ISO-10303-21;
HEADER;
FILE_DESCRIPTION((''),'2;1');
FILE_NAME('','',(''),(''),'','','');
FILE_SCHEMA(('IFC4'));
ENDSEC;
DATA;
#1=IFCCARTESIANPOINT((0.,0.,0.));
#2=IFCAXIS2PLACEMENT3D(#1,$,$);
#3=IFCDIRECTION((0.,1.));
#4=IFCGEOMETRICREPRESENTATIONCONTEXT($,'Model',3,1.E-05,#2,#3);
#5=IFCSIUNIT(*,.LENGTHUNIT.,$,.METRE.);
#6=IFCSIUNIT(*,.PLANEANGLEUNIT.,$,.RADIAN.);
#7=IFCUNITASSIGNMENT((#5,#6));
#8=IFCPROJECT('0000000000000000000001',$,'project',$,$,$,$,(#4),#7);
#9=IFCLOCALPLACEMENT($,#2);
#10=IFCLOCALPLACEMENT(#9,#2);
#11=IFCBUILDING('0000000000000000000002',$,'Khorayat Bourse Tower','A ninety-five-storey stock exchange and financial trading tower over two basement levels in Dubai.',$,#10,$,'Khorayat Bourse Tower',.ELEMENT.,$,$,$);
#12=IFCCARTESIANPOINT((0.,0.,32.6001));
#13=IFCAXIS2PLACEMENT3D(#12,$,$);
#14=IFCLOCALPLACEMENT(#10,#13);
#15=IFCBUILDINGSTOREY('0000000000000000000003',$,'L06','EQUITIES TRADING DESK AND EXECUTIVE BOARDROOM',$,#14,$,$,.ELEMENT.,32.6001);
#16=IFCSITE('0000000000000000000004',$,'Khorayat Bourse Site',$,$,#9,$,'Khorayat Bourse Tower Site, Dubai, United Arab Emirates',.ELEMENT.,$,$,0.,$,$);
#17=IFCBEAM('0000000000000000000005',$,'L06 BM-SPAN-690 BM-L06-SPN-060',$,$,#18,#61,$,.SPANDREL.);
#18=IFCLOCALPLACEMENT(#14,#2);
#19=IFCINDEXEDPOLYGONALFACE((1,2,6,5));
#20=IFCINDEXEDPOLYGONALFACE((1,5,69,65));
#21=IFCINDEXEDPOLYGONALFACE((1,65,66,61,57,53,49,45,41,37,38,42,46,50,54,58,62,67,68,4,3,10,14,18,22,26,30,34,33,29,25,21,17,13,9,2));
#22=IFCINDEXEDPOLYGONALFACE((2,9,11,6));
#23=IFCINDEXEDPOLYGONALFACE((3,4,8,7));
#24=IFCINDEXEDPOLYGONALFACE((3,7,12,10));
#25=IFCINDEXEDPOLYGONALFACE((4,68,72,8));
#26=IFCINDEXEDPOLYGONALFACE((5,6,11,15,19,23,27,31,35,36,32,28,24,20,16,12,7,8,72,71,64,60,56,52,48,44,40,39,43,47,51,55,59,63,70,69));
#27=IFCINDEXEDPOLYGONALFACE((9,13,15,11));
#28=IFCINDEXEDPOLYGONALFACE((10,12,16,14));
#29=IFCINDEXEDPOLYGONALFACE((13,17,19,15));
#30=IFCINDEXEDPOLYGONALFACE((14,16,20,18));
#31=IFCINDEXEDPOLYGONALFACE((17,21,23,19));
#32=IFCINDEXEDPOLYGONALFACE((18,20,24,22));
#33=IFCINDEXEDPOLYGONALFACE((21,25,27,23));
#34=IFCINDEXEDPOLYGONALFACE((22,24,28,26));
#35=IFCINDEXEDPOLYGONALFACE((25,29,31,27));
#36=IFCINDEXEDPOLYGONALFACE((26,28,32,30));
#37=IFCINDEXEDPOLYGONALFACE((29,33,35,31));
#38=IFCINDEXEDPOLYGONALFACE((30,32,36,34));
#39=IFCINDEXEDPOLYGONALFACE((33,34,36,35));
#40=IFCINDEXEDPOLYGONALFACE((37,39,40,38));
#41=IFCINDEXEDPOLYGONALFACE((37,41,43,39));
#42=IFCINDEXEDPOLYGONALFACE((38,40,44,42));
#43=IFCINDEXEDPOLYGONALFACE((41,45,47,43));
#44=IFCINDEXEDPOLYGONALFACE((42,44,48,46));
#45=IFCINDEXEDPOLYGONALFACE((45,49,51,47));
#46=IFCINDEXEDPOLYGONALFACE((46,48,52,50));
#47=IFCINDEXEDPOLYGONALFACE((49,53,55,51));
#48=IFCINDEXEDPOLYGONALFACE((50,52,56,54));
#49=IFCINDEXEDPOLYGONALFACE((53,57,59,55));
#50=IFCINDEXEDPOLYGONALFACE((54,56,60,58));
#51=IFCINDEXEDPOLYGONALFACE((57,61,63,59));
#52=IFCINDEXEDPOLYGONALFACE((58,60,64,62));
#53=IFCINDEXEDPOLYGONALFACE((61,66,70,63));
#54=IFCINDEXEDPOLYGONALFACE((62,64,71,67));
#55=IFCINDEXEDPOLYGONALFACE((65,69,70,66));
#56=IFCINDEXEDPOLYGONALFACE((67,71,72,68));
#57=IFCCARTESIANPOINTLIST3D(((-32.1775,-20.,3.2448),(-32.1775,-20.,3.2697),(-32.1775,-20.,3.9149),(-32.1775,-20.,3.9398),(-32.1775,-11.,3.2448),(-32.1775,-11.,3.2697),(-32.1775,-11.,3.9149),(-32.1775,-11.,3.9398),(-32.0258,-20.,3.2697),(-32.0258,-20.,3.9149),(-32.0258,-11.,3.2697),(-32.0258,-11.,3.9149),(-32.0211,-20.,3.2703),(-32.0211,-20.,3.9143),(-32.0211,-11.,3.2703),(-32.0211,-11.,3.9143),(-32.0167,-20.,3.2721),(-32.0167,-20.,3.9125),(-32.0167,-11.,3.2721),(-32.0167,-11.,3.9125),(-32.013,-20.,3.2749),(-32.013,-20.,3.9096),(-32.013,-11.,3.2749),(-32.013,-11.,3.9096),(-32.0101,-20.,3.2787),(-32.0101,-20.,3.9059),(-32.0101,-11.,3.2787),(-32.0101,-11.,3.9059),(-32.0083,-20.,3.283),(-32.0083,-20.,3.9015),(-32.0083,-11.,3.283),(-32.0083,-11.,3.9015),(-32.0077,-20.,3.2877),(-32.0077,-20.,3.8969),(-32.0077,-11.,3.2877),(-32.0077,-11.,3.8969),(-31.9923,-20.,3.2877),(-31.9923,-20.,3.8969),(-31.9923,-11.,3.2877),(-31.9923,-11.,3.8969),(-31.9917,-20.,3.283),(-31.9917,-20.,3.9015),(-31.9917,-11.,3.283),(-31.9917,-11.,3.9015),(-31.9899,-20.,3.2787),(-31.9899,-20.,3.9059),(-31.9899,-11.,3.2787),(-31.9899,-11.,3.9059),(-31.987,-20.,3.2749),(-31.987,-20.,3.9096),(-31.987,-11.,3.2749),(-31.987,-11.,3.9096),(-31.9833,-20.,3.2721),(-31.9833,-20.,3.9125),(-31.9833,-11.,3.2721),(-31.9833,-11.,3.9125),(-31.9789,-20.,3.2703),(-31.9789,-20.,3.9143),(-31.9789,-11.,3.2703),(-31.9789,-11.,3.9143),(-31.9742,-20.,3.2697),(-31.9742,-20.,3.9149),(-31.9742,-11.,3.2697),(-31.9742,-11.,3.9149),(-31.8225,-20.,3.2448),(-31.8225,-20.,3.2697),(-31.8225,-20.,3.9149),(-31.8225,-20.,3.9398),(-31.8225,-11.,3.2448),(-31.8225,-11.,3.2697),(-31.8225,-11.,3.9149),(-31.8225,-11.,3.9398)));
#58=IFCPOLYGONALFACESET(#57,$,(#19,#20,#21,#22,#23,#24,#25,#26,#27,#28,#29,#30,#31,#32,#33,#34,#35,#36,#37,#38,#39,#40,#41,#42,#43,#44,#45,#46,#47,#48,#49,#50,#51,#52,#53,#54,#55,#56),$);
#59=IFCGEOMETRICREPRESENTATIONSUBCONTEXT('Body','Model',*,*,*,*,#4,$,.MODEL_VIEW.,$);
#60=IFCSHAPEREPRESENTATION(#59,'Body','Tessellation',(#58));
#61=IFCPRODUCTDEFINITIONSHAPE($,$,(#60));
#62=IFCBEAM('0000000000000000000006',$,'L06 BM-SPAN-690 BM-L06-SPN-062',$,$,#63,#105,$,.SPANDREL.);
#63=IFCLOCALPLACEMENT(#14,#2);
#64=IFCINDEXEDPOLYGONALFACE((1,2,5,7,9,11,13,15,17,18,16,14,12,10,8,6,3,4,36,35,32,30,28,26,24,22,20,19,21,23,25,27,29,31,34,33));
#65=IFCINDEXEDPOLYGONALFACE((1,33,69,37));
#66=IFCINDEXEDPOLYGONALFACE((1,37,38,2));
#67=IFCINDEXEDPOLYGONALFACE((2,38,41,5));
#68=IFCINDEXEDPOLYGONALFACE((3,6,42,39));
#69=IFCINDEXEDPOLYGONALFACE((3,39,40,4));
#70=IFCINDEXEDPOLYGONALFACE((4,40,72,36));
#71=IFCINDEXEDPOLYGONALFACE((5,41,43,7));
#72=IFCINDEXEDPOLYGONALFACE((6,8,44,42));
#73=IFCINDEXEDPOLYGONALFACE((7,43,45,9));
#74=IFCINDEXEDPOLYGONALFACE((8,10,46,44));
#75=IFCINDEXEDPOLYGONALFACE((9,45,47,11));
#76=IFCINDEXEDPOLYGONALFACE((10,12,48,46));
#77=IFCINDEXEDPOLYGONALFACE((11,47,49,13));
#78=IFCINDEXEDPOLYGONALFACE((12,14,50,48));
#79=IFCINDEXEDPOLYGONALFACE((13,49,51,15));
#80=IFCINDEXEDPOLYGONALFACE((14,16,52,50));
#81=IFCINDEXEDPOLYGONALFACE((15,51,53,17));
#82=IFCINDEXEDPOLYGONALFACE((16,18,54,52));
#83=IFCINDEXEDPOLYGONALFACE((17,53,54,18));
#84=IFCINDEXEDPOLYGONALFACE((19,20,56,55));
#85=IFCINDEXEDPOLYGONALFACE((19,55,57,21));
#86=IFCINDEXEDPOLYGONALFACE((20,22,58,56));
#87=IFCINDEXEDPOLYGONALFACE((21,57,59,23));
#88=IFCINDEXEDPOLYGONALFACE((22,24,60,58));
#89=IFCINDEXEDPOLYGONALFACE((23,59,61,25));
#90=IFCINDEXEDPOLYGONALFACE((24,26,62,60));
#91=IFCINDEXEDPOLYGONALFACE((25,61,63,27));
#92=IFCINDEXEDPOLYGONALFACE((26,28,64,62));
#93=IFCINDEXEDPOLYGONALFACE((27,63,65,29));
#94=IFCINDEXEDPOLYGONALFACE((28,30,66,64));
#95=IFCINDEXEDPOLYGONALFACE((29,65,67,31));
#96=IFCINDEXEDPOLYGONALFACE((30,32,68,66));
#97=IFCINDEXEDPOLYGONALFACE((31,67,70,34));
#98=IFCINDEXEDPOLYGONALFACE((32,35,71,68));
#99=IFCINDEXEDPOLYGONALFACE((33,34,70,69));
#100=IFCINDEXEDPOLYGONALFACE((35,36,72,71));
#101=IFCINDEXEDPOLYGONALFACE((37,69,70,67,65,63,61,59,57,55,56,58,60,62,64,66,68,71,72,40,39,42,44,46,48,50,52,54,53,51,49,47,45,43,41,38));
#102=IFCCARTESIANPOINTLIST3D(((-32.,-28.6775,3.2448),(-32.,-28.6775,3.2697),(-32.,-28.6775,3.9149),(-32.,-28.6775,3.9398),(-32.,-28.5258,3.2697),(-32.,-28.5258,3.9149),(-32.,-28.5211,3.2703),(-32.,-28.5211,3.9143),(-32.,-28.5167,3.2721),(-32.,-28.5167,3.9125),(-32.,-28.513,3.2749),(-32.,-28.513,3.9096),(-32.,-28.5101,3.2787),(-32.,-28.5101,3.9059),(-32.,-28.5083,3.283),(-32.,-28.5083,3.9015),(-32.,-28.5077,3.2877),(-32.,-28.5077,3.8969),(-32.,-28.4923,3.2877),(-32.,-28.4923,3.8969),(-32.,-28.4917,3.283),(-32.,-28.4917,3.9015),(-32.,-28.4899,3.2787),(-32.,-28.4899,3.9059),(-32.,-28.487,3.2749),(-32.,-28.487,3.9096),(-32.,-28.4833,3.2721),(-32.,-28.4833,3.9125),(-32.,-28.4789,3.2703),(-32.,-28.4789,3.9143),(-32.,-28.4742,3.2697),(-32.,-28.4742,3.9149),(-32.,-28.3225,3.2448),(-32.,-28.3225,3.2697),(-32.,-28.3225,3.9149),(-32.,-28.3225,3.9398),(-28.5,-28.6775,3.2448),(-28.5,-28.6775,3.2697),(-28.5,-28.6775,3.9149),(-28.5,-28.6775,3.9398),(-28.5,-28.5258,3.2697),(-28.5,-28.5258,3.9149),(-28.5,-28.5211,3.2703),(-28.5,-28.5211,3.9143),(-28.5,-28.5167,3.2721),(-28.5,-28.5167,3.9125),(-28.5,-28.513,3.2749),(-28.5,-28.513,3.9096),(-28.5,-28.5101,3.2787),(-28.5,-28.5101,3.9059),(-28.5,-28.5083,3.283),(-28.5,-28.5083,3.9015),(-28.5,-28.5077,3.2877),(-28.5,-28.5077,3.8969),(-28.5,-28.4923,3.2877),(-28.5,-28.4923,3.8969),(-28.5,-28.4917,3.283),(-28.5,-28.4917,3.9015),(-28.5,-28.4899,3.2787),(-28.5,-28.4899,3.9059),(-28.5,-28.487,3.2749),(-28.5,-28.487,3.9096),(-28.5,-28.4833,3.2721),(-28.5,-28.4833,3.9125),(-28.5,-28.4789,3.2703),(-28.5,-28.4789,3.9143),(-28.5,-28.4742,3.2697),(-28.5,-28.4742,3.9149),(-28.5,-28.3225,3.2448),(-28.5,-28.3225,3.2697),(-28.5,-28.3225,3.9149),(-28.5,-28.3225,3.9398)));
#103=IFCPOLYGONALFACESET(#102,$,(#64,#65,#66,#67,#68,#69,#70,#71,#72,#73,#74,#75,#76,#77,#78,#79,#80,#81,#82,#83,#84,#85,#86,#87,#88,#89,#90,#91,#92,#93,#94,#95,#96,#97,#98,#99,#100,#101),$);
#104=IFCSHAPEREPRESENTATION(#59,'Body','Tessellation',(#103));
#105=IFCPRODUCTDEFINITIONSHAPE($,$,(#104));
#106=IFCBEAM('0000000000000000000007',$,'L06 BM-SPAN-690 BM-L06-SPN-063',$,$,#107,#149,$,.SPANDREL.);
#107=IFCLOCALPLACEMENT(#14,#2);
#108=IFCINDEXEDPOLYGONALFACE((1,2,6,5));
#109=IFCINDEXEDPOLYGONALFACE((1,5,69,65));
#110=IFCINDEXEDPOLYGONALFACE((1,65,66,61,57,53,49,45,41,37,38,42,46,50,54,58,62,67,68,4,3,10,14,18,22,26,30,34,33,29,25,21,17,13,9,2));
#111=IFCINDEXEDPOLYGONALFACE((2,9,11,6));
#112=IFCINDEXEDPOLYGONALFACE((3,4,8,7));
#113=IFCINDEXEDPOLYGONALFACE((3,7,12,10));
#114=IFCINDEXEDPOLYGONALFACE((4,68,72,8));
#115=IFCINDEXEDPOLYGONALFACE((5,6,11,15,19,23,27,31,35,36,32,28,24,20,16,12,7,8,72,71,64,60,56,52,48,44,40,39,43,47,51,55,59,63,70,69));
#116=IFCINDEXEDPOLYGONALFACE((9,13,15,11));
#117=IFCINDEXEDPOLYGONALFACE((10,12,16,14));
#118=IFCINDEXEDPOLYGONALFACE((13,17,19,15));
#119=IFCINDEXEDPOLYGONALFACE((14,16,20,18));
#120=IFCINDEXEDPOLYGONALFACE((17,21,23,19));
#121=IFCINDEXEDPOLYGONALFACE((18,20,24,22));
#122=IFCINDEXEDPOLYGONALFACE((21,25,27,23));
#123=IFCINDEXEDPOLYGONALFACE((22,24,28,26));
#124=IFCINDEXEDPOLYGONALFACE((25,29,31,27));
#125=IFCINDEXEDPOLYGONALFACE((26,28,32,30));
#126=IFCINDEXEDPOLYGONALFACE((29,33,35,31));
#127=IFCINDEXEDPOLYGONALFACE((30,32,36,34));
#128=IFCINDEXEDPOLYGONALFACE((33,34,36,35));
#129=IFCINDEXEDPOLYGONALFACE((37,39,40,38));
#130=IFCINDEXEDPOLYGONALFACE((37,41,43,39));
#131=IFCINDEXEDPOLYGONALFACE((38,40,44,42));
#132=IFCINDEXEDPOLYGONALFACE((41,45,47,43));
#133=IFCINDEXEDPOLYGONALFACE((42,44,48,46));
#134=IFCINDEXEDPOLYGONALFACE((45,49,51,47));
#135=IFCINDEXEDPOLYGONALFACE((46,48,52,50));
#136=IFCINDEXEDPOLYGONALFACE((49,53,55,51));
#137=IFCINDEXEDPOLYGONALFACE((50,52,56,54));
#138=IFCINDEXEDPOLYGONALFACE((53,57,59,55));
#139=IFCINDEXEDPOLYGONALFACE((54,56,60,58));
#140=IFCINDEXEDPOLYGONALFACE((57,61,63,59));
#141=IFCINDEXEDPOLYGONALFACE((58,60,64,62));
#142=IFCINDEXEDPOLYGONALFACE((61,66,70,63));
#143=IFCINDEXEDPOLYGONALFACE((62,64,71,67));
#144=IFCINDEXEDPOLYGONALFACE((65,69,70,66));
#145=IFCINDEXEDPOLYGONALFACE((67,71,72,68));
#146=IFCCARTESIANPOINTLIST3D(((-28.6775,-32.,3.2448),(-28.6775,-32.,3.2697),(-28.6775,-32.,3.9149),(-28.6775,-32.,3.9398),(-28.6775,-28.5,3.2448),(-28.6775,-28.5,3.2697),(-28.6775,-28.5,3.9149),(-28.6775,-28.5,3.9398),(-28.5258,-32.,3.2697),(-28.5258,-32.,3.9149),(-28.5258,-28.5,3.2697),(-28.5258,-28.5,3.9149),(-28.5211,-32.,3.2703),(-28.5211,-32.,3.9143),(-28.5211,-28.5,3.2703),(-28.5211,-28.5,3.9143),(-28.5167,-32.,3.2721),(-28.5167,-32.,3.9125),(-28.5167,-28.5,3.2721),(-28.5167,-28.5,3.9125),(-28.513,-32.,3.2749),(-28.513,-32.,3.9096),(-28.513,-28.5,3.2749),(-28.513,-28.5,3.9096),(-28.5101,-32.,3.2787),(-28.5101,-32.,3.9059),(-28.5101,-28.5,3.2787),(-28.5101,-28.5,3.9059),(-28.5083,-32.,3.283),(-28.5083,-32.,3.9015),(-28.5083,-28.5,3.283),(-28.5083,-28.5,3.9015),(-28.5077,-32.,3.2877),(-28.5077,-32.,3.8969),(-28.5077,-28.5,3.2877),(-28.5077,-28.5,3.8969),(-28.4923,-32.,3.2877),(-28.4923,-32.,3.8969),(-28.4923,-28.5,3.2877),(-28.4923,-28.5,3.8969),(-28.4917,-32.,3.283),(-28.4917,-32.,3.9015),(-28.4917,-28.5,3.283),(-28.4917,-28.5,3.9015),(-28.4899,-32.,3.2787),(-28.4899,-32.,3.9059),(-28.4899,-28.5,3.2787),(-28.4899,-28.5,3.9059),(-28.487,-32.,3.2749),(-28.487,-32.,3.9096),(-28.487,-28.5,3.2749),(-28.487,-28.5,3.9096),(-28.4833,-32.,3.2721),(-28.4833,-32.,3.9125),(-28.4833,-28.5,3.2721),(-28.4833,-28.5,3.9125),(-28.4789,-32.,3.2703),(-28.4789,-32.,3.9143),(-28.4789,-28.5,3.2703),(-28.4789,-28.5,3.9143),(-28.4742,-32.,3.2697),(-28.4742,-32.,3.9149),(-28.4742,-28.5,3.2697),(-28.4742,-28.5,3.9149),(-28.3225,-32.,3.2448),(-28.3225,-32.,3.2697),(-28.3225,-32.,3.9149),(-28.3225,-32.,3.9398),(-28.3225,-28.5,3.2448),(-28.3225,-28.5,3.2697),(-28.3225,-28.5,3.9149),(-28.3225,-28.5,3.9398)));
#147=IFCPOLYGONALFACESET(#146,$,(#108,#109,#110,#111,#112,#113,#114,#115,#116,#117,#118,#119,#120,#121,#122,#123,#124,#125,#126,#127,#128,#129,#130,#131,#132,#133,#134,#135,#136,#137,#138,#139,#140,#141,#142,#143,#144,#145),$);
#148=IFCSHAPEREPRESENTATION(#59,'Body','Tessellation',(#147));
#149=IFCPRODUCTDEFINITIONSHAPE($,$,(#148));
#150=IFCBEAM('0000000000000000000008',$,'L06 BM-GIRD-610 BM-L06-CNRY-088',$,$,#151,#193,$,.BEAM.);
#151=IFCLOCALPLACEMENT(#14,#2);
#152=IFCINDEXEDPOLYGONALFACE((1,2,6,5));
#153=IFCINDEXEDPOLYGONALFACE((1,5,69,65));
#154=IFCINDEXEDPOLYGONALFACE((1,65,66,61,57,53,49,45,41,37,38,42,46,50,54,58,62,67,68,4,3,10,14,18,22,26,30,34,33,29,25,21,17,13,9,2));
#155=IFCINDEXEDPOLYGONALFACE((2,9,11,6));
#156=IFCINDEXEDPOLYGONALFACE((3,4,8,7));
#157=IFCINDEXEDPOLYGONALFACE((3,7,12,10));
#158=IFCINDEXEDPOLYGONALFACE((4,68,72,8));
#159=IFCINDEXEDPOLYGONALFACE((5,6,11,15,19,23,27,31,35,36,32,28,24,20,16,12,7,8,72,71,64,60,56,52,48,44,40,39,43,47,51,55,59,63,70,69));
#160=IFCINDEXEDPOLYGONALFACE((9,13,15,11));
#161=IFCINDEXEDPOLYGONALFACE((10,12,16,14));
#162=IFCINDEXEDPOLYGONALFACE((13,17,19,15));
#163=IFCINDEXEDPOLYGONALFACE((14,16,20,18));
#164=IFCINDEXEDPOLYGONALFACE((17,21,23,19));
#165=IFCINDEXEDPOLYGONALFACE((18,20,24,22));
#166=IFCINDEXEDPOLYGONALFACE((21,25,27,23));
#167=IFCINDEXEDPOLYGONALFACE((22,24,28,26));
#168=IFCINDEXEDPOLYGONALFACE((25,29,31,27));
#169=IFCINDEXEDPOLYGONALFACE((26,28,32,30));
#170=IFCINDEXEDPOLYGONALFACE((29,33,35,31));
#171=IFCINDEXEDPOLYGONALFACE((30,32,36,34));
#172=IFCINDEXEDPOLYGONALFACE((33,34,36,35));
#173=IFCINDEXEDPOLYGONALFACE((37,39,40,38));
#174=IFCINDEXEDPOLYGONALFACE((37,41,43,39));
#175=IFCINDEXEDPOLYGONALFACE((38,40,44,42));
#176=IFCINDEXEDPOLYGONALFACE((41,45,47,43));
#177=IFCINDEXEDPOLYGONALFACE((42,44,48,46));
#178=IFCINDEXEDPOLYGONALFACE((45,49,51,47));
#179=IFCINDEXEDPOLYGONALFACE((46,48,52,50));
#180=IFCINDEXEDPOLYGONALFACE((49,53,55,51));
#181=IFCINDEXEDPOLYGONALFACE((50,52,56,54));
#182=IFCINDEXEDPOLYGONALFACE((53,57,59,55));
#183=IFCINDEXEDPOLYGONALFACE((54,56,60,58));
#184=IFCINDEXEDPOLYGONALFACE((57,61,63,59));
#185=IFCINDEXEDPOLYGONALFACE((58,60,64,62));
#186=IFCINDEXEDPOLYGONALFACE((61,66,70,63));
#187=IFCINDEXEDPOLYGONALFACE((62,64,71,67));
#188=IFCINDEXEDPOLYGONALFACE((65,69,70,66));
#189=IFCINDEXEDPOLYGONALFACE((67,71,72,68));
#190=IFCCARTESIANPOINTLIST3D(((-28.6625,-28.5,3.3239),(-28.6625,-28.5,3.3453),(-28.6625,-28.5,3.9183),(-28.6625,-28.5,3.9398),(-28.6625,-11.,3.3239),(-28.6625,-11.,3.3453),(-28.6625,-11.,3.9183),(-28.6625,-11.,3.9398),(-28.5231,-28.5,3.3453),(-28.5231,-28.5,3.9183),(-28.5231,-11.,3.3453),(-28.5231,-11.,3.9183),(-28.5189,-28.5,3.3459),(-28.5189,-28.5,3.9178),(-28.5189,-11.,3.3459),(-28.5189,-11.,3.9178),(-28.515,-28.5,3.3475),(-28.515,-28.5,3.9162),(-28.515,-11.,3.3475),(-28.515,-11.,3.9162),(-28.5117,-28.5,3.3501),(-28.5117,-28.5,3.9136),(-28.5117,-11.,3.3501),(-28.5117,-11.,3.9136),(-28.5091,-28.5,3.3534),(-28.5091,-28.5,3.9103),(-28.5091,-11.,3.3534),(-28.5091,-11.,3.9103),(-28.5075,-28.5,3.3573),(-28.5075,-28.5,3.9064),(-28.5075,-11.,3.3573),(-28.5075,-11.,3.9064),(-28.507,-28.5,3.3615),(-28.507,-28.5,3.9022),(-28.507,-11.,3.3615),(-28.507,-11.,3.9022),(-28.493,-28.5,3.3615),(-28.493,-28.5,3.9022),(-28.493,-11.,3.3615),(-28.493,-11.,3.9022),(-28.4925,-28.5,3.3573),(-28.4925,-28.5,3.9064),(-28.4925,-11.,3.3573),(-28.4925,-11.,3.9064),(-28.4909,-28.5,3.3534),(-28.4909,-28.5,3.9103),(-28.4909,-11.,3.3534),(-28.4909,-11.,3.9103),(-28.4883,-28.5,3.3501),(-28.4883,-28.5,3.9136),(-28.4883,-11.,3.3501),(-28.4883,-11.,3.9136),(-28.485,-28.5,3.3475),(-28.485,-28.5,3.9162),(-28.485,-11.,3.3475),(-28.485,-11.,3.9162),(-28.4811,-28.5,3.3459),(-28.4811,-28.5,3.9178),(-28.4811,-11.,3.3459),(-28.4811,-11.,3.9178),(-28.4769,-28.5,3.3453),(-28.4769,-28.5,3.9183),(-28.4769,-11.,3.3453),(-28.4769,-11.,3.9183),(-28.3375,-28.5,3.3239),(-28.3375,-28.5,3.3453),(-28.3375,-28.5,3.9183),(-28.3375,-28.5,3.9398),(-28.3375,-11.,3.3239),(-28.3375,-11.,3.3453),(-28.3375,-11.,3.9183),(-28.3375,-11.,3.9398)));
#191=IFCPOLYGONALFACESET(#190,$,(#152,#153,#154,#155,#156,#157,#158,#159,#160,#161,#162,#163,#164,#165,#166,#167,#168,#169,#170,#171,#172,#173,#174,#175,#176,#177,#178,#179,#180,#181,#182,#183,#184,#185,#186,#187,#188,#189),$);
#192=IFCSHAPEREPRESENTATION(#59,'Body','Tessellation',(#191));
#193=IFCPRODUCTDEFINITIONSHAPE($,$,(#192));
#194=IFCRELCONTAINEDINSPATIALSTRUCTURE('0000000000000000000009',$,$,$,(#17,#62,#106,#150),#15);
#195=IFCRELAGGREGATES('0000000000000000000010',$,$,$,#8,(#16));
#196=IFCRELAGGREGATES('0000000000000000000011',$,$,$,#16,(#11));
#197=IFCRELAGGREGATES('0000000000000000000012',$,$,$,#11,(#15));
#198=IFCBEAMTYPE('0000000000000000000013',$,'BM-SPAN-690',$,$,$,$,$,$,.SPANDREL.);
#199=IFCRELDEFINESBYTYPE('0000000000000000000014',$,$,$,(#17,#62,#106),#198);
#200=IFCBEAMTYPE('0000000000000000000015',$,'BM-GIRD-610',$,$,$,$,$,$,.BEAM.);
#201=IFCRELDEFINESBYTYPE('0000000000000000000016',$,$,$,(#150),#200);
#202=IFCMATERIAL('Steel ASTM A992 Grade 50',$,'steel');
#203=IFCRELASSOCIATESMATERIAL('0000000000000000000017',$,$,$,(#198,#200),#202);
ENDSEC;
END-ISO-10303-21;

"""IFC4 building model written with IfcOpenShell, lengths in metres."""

from ifc_helpers import new_model, si_unit, direction, frame, origin, origin_2d, place, context, subcontext, project, spatial, i_section, extrude, source, transform, mapped, material, material_profile, profile_set, type_object, element, save


model = new_model("IFC4")

# Units and contexts
model_context = context("Model", 3, precision=1e-05, world=origin(), true_north=direction((0.0, 1.0)))
body_context = subcontext(model_context, "Body", "Model", "MODEL_VIEW")
ifc_project = project(units=[si_unit("LENGTHUNIT", "METRE"), si_unit("PLANEANGLEUNIT", "RADIAN")], contexts=[model_context])

# Site, building, storey
site_placement = place(None, origin())
site = spatial("IfcSite", under=ifc_project, at=site_placement, Name="Khorayat Bourse Site", LongName="Khorayat Bourse Tower Site, Dubai, United Arab Emirates", CompositionType="ELEMENT", RefElevation=0.0)
building_placement = place(site_placement, origin())
building = spatial("IfcBuilding", under=site, at=building_placement, Name="Khorayat Bourse Tower", Description="A ninety-five-storey stock exchange and financial trading tower over two basement levels in Dubai.", LongName="Khorayat Bourse Tower", CompositionType="ELEMENT")
storey_placement = place(building_placement, frame((0.0, 0.0, 32.6001)))
storey = spatial("IfcBuildingStorey", under=building, at=storey_placement, Name="L06", Description="EQUITIES TRADING DESK AND EXECUTIVE BOARDROOM", CompositionType="ELEMENT", Elevation=32.6001)

# Beams
ifc_material_1 = material(Name="Steel ASTM A992 Grade 50", Category="steel")
ifc_material_profile_1 = material_profile(ifc_material_1, i_section(OverallWidth=0.355, OverallDepth=0.6951, WebThickness=0.0154, FlangeThickness=0.0249, FilletRadius=0.0181, at=origin_2d()), Name="W690X217")
ifc_profile_set_1 = profile_set([ifc_material_profile_1], Name="Steel ASTM A992 Grade 50")
beam_type_1 = type_object("IfcBeamType", Name="BM-SPAN-690", PredefinedType="SPANDREL", material=ifc_profile_set_1)
shared_shape_1 = source(origin(), body_context, "Body", "SweptSolid", [
    extrude(i_section(OverallWidth=0.355, OverallDepth=0.6951, WebThickness=0.0154, FlangeThickness=0.0249, FilletRadius=0.0181, at=origin_2d()), origin(), (0.0, 0.0, 1.0), 9.0),
])
beam_1_placement = place(storey_placement, frame((-32.0, -20.0, 3.5923), z_axis=(0.0, 1.0, 0.0), x_axis=(-1.0, 0.0, 0.0)))
element("IfcBeam", 1, at=beam_1_placement, inside=storey, type_object=beam_type_1, Name="L06 BM-SPAN-690 BM-L06-SPN-060", PredefinedType="SPANDREL", context=body_context, shape_type="MappedRepresentation", body=[
    mapped(shared_shape_1, transform((0.0, 0.0, 0.0), scale=1.0)),
])
shared_shape_2 = source(origin(), body_context, "Body", "SweptSolid", [
    extrude(i_section(OverallWidth=0.355, OverallDepth=0.6951, WebThickness=0.0154, FlangeThickness=0.0249, FilletRadius=0.0181, at=origin_2d()), origin(), (0.0, 0.0, 1.0), 3.5),
])
for number, where, z_axis, x_axis, name in (
    (2, (-32.0, -28.5, 3.5923), (1.0, 0.0, 0.0), (0.0, 1.0, 0.0), "L06 BM-SPAN-690 BM-L06-SPN-062"),
    (3, (-28.5, -32.0, 3.5923), (0.0, 1.0, 0.0), (-1.0, 0.0, 0.0), "L06 BM-SPAN-690 BM-L06-SPN-063"),
):
    element("IfcBeam", number, at=place(storey_placement, frame(where, z_axis=z_axis, x_axis=x_axis)), inside=storey, type_object=beam_type_1, Name=name, PredefinedType="SPANDREL", context=body_context, shape_type="MappedRepresentation", body=[
        mapped(shared_shape_2, transform((0.0, 0.0, 0.0), scale=1.0)),
    ])
ifc_material_profile_2 = material_profile(ifc_material_1, i_section(OverallWidth=0.325, OverallDepth=0.616, WebThickness=0.0139, FlangeThickness=0.0215, FilletRadius=0.0161, at=origin_2d()), Name="W610X174")
ifc_profile_set_2 = profile_set([ifc_material_profile_2], Name="Steel ASTM A992 Grade 50")
beam_type_2 = type_object("IfcBeamType", Name="BM-GIRD-610", PredefinedType="BEAM", material=ifc_profile_set_2)
shared_shape_3 = source(origin(), body_context, "Body", "SweptSolid", [
    extrude(i_section(OverallWidth=0.325, OverallDepth=0.616, WebThickness=0.0139, FlangeThickness=0.0215, FilletRadius=0.0161, at=origin_2d()), origin(), (0.0, 0.0, 1.0), 17.5),
])
beam_2_placement = place(storey_placement, frame((-28.5, -28.5, 3.6318), z_axis=(0.0, 1.0, 0.0), x_axis=(-1.0, 0.0, 0.0)))
element("IfcBeam", 4, at=beam_2_placement, inside=storey, type_object=beam_type_2, Name="L06 BM-GIRD-610 BM-L06-CNRY-088", PredefinedType="BEAM", context=body_context, shape_type="MappedRepresentation", body=[
    mapped(shared_shape_3, transform((0.0, 0.0, 0.0), scale=1.0)),
])

save(model, "model.ifc")
